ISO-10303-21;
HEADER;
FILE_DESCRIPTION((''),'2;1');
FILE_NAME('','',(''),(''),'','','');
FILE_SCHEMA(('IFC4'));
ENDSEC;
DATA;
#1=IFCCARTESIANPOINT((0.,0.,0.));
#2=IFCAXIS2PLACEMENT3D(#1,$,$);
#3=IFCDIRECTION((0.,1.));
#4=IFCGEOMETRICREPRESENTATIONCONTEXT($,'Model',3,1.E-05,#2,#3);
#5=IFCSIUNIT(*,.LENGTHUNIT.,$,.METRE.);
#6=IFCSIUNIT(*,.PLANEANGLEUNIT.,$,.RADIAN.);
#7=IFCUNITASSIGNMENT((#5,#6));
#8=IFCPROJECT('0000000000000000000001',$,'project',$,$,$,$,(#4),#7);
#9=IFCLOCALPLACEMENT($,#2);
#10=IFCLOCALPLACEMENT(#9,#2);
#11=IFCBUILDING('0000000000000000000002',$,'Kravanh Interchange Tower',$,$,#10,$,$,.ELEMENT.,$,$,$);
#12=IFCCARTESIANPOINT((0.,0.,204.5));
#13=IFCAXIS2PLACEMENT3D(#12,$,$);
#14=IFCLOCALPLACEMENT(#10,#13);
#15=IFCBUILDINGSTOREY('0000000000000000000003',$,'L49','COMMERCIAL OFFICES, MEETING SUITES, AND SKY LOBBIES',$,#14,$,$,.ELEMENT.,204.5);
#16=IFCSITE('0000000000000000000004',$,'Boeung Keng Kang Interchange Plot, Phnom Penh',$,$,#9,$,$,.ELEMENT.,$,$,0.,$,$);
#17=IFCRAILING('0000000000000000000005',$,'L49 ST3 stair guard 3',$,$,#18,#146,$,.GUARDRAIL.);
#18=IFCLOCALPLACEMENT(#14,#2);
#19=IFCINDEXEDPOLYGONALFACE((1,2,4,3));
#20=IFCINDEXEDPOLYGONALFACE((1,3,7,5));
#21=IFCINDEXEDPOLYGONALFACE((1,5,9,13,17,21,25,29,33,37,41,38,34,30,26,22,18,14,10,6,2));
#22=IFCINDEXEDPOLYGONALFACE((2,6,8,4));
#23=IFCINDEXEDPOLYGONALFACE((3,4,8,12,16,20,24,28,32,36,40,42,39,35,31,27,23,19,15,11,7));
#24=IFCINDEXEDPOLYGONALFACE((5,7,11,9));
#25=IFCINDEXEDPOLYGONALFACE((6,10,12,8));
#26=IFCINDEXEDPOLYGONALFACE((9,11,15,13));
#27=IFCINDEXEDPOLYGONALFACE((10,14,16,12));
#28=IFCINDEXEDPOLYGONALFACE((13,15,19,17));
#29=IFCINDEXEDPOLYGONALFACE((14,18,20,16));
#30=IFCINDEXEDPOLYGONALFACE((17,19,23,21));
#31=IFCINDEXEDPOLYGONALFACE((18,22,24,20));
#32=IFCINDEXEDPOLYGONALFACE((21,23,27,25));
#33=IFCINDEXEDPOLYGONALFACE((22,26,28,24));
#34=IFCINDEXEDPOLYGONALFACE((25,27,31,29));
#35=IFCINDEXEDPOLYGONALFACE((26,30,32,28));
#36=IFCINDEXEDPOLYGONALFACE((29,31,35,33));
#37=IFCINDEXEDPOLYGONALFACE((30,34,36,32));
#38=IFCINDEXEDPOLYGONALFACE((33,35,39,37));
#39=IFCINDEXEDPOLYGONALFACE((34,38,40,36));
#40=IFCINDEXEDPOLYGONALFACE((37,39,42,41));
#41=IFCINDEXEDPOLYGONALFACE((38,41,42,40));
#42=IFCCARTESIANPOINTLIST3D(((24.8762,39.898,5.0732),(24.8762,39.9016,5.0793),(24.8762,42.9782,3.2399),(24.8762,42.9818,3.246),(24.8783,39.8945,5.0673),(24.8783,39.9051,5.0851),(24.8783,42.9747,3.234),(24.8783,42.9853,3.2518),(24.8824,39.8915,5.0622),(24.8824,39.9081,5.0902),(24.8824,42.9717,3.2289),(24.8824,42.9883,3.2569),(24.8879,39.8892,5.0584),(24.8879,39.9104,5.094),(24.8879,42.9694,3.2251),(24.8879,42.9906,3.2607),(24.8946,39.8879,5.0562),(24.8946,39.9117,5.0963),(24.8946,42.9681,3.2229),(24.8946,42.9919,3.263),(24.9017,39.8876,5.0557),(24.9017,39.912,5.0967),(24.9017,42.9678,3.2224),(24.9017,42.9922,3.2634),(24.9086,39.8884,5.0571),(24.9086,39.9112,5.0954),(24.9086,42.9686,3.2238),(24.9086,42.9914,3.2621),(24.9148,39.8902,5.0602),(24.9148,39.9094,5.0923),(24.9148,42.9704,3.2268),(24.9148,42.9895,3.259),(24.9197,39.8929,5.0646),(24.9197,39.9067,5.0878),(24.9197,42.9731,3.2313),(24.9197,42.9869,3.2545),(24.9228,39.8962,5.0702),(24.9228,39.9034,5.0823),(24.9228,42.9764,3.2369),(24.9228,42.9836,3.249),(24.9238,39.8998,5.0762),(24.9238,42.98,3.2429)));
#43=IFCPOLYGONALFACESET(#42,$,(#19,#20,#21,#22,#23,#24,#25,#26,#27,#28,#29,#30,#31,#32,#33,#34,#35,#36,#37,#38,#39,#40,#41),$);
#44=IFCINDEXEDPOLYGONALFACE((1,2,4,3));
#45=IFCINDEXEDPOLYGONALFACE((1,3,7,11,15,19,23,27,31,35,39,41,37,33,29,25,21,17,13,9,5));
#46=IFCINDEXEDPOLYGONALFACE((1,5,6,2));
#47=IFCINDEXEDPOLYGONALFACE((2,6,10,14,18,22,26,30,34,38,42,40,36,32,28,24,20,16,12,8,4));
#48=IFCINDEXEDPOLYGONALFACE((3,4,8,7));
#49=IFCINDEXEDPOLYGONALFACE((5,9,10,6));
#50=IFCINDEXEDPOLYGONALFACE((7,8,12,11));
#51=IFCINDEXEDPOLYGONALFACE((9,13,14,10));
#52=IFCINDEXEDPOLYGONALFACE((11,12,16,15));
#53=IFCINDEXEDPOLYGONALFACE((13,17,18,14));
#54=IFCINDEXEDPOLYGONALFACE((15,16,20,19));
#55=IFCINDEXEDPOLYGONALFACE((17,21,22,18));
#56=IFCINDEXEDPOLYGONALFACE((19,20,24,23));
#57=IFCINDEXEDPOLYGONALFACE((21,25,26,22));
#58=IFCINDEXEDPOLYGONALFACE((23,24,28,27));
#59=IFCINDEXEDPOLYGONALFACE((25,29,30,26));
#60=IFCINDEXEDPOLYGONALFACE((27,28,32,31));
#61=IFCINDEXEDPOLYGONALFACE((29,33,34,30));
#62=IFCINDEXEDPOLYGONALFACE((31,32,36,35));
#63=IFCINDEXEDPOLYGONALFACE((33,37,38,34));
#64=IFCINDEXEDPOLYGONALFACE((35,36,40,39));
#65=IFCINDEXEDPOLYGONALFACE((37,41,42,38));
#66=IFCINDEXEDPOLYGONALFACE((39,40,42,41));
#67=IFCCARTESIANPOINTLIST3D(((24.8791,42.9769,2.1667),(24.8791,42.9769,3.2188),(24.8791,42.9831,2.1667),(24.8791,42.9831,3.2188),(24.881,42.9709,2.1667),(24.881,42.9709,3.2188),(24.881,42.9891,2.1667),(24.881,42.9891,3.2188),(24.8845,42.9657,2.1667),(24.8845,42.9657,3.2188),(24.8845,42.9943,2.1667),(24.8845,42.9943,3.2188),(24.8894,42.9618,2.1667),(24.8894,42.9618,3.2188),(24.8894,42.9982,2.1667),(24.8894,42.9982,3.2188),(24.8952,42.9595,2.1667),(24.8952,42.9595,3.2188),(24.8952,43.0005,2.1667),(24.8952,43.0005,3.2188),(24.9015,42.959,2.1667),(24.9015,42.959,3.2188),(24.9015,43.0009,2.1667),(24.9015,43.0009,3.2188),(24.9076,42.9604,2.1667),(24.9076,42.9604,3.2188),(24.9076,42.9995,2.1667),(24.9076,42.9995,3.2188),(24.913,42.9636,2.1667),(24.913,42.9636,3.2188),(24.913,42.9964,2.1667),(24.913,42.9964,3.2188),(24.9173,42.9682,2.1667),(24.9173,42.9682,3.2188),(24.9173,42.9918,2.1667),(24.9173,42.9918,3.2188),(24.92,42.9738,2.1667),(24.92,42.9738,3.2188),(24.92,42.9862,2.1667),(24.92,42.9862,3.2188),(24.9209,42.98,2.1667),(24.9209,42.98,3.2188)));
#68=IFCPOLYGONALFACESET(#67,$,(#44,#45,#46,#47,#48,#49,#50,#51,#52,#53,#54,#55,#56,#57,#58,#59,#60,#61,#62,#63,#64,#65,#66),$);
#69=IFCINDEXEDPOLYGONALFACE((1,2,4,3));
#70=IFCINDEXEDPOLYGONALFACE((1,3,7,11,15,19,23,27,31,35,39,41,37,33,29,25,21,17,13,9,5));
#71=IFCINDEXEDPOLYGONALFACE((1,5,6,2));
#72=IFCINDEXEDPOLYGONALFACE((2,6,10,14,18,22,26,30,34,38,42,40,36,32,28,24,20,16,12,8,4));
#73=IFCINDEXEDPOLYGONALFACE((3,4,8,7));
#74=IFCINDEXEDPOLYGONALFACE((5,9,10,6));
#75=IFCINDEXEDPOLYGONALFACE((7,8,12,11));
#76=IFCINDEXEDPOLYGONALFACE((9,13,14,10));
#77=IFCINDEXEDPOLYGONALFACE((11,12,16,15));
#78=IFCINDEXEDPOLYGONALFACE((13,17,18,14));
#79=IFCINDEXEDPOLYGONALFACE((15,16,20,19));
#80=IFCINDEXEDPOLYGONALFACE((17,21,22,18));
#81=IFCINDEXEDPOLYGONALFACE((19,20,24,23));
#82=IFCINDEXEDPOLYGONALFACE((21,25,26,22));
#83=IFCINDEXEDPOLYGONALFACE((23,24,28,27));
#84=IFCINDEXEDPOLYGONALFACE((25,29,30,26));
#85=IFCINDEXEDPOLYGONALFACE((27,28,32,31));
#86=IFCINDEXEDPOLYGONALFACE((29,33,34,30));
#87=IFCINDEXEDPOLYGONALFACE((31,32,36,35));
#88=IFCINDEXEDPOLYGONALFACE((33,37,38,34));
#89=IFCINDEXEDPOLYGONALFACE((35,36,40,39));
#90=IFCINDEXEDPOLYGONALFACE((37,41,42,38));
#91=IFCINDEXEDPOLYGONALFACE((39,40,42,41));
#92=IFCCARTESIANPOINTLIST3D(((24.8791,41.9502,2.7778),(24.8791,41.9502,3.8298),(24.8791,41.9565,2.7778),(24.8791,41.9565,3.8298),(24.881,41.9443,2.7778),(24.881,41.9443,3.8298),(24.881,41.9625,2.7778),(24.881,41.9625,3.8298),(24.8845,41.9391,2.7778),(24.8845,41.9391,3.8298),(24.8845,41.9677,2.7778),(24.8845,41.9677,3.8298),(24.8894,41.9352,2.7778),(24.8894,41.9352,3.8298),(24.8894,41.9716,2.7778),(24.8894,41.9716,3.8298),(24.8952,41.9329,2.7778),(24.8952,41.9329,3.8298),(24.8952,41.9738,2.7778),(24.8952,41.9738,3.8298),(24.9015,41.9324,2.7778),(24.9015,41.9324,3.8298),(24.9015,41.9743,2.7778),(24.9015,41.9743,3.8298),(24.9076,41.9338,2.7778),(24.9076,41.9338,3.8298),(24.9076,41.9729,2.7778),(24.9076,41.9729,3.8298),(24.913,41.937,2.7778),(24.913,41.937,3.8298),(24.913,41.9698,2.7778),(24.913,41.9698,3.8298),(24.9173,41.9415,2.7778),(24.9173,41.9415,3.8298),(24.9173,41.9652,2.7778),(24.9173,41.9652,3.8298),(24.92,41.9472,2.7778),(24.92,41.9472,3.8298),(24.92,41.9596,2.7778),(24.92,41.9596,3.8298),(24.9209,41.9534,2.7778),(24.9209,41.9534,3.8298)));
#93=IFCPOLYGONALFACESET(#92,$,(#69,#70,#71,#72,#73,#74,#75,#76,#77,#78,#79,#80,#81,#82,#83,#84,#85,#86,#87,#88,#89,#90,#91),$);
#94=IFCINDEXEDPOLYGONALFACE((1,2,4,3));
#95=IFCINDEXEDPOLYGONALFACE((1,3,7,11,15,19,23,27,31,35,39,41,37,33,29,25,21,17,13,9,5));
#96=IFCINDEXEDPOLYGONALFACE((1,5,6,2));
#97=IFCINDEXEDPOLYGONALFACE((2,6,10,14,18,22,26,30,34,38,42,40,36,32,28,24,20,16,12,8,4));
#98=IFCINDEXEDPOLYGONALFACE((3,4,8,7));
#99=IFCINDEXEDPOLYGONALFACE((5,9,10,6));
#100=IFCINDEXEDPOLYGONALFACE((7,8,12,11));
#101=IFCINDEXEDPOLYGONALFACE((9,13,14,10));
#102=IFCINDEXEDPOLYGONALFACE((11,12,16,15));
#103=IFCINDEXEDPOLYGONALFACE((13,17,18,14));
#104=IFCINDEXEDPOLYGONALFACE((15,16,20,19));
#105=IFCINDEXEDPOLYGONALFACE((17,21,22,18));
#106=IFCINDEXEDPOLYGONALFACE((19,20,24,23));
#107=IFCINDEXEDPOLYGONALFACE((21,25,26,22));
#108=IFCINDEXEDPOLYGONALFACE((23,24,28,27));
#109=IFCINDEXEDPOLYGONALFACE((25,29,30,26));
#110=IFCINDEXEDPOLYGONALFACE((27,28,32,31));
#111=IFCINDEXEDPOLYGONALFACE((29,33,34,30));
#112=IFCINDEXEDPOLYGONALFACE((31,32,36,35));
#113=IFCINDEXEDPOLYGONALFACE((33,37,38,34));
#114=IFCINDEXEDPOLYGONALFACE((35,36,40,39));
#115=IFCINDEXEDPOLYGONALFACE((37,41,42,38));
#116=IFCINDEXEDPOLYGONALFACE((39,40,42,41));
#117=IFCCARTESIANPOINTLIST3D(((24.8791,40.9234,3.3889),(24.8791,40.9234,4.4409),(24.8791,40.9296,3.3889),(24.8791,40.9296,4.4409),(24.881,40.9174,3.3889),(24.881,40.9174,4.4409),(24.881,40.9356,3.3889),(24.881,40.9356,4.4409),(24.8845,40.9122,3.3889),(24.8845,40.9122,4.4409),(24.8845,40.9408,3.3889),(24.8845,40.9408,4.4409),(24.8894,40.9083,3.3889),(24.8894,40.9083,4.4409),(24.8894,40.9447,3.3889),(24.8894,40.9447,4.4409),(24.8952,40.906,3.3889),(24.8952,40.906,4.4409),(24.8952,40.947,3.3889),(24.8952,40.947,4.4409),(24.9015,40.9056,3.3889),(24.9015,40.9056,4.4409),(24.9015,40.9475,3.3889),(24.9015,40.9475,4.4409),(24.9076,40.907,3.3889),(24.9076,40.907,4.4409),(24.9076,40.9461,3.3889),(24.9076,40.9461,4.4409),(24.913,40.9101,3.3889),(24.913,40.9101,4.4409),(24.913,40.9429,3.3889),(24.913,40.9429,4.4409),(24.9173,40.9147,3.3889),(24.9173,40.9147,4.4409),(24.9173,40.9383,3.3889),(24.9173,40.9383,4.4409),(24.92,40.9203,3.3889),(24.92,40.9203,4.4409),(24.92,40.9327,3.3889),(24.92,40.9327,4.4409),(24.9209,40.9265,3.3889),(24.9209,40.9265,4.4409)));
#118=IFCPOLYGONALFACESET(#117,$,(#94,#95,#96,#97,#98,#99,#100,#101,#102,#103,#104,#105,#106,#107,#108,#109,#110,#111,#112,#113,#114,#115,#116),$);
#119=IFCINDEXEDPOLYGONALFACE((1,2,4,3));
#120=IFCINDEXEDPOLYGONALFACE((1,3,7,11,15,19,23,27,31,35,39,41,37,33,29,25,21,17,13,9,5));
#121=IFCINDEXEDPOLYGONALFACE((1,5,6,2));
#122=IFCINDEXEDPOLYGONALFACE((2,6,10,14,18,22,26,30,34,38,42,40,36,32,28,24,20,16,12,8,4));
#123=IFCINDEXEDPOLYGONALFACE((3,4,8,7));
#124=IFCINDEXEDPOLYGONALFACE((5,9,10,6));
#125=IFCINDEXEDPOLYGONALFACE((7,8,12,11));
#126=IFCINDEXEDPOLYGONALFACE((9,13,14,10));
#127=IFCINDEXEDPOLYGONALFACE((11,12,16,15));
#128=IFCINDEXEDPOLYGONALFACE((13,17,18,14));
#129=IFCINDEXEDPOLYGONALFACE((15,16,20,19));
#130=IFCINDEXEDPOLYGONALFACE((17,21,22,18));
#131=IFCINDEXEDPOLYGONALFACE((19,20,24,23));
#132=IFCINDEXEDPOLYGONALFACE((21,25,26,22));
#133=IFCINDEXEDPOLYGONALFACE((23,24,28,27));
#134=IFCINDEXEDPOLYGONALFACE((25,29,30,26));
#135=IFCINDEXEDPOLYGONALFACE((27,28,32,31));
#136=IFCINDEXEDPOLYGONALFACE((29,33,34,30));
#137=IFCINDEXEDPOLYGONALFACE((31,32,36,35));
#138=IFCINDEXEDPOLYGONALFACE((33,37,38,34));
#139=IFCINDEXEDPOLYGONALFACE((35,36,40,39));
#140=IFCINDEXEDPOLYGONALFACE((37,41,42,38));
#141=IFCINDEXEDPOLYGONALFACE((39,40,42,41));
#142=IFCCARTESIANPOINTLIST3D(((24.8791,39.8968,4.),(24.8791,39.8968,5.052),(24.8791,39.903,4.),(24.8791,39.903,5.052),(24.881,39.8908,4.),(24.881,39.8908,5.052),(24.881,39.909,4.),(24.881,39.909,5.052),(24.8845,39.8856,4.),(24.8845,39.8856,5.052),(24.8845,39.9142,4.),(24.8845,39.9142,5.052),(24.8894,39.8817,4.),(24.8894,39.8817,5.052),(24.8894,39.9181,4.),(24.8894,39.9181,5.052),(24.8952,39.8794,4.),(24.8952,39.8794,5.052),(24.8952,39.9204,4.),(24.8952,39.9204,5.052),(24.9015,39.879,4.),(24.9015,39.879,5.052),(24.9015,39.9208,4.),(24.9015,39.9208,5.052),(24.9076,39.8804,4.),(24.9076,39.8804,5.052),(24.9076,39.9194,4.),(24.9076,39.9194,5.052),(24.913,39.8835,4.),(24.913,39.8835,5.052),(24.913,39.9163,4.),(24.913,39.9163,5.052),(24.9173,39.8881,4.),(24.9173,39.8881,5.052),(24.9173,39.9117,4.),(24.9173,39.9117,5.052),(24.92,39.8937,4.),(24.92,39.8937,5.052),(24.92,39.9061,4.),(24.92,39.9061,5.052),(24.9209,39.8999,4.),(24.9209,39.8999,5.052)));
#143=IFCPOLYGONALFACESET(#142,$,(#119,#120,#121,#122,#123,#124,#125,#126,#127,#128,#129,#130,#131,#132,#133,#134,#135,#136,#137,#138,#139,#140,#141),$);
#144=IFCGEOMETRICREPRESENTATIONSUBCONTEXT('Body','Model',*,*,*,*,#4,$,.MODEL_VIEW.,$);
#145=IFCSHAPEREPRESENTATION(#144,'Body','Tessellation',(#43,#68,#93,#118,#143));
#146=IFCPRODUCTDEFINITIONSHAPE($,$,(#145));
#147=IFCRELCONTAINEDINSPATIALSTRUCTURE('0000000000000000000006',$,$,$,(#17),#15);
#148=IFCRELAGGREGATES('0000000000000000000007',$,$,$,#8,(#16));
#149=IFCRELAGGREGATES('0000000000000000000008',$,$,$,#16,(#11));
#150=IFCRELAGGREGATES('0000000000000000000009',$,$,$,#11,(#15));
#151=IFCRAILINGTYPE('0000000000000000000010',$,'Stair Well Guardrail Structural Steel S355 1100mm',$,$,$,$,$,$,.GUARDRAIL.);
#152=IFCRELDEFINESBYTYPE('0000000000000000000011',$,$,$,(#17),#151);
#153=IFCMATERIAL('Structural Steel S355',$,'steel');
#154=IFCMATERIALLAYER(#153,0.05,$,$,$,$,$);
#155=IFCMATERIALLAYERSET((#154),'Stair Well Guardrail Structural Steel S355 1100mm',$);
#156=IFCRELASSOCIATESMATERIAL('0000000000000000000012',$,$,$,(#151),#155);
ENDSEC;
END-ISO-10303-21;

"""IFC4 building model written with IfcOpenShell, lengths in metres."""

from ifc_helpers import new_model, si_unit, direction, frame, origin, origin_2d, place, context, subcontext, project, spatial, circle, extrude, material, layer, layer_set, type_object, element, save


model = new_model("IFC4")

# Units and contexts
model_context = context("Model", 3, precision=1e-05, world=origin(), true_north=direction((0.0, 1.0)))
body_context = subcontext(model_context, "Body", "Model", "MODEL_VIEW")
ifc_project = project(units=[si_unit("LENGTHUNIT", "METRE"), si_unit("PLANEANGLEUNIT", "RADIAN")], contexts=[model_context])

# Site, building, storey
site_placement = place(None, origin())
site = spatial("IfcSite", under=ifc_project, at=site_placement, Name="Boeung Keng Kang Interchange Plot, Phnom Penh", CompositionType="ELEMENT", RefElevation=0.0)
building_placement = place(site_placement, origin())
building = spatial("IfcBuilding", under=site, at=building_placement, Name="Kravanh Interchange Tower", CompositionType="ELEMENT")
storey_placement = place(building_placement, frame((0.0, 0.0, 204.5)))
storey = spatial("IfcBuildingStorey", under=building, at=storey_placement, Name="L49", Description="COMMERCIAL OFFICES, MEETING SUITES, AND SKY LOBBIES", CompositionType="ELEMENT", Elevation=204.5)

# Railing
ifc_material_1 = material(Name="Structural Steel S355", Category="steel")
ifc_layer_1 = layer(ifc_material_1, 0.05)
ifc_layer_set_1 = layer_set([ifc_layer_1], Name="Stair Well Guardrail Structural Steel S355 1100mm")
railing_type_1 = type_object("IfcRailingType", Name="Stair Well Guardrail Structural Steel S355 1100mm", PredefinedType="GUARDRAIL", material=ifc_layer_set_1)
railing_1_placement = place(storey_placement, frame((24.8999, 42.98, 2.1667)))
element("IfcRailing", 1, at=railing_1_placement, inside=storey, type_object=railing_type_1, Name="L49 ST3 stair guard 3", PredefinedType="GUARDRAIL", context=body_context, shape_type="SweptSolid", body=[
    extrude(circle(Radius=0.0239, at=origin_2d()), frame((0.0, 0.0, 1.0762), z_axis=(0.0, -0.859309, 0.511458), x_axis=(1.0, 0.0, 0.0)), (0.0, 0.0, 1.0), 3.5845),
    extrude(circle(Radius=0.021, at=origin_2d()), origin(), (0.0, 0.0, 1.0), 1.052),
    extrude(circle(Radius=0.021, at=origin_2d()), frame((0.0, -1.0266, 0.6111)), (0.0, 0.0, 1.0), 1.052),
    extrude(circle(Radius=0.021, at=origin_2d()), frame((0.0, -2.0535, 1.2222)), (0.0, 0.0, 1.0), 1.052),
    extrude(circle(Radius=0.021, at=origin_2d()), frame((0.0, -3.0801, 1.8333)), (0.0, 0.0, 1.0), 1.052),
])

save(model, "model.ifc")
